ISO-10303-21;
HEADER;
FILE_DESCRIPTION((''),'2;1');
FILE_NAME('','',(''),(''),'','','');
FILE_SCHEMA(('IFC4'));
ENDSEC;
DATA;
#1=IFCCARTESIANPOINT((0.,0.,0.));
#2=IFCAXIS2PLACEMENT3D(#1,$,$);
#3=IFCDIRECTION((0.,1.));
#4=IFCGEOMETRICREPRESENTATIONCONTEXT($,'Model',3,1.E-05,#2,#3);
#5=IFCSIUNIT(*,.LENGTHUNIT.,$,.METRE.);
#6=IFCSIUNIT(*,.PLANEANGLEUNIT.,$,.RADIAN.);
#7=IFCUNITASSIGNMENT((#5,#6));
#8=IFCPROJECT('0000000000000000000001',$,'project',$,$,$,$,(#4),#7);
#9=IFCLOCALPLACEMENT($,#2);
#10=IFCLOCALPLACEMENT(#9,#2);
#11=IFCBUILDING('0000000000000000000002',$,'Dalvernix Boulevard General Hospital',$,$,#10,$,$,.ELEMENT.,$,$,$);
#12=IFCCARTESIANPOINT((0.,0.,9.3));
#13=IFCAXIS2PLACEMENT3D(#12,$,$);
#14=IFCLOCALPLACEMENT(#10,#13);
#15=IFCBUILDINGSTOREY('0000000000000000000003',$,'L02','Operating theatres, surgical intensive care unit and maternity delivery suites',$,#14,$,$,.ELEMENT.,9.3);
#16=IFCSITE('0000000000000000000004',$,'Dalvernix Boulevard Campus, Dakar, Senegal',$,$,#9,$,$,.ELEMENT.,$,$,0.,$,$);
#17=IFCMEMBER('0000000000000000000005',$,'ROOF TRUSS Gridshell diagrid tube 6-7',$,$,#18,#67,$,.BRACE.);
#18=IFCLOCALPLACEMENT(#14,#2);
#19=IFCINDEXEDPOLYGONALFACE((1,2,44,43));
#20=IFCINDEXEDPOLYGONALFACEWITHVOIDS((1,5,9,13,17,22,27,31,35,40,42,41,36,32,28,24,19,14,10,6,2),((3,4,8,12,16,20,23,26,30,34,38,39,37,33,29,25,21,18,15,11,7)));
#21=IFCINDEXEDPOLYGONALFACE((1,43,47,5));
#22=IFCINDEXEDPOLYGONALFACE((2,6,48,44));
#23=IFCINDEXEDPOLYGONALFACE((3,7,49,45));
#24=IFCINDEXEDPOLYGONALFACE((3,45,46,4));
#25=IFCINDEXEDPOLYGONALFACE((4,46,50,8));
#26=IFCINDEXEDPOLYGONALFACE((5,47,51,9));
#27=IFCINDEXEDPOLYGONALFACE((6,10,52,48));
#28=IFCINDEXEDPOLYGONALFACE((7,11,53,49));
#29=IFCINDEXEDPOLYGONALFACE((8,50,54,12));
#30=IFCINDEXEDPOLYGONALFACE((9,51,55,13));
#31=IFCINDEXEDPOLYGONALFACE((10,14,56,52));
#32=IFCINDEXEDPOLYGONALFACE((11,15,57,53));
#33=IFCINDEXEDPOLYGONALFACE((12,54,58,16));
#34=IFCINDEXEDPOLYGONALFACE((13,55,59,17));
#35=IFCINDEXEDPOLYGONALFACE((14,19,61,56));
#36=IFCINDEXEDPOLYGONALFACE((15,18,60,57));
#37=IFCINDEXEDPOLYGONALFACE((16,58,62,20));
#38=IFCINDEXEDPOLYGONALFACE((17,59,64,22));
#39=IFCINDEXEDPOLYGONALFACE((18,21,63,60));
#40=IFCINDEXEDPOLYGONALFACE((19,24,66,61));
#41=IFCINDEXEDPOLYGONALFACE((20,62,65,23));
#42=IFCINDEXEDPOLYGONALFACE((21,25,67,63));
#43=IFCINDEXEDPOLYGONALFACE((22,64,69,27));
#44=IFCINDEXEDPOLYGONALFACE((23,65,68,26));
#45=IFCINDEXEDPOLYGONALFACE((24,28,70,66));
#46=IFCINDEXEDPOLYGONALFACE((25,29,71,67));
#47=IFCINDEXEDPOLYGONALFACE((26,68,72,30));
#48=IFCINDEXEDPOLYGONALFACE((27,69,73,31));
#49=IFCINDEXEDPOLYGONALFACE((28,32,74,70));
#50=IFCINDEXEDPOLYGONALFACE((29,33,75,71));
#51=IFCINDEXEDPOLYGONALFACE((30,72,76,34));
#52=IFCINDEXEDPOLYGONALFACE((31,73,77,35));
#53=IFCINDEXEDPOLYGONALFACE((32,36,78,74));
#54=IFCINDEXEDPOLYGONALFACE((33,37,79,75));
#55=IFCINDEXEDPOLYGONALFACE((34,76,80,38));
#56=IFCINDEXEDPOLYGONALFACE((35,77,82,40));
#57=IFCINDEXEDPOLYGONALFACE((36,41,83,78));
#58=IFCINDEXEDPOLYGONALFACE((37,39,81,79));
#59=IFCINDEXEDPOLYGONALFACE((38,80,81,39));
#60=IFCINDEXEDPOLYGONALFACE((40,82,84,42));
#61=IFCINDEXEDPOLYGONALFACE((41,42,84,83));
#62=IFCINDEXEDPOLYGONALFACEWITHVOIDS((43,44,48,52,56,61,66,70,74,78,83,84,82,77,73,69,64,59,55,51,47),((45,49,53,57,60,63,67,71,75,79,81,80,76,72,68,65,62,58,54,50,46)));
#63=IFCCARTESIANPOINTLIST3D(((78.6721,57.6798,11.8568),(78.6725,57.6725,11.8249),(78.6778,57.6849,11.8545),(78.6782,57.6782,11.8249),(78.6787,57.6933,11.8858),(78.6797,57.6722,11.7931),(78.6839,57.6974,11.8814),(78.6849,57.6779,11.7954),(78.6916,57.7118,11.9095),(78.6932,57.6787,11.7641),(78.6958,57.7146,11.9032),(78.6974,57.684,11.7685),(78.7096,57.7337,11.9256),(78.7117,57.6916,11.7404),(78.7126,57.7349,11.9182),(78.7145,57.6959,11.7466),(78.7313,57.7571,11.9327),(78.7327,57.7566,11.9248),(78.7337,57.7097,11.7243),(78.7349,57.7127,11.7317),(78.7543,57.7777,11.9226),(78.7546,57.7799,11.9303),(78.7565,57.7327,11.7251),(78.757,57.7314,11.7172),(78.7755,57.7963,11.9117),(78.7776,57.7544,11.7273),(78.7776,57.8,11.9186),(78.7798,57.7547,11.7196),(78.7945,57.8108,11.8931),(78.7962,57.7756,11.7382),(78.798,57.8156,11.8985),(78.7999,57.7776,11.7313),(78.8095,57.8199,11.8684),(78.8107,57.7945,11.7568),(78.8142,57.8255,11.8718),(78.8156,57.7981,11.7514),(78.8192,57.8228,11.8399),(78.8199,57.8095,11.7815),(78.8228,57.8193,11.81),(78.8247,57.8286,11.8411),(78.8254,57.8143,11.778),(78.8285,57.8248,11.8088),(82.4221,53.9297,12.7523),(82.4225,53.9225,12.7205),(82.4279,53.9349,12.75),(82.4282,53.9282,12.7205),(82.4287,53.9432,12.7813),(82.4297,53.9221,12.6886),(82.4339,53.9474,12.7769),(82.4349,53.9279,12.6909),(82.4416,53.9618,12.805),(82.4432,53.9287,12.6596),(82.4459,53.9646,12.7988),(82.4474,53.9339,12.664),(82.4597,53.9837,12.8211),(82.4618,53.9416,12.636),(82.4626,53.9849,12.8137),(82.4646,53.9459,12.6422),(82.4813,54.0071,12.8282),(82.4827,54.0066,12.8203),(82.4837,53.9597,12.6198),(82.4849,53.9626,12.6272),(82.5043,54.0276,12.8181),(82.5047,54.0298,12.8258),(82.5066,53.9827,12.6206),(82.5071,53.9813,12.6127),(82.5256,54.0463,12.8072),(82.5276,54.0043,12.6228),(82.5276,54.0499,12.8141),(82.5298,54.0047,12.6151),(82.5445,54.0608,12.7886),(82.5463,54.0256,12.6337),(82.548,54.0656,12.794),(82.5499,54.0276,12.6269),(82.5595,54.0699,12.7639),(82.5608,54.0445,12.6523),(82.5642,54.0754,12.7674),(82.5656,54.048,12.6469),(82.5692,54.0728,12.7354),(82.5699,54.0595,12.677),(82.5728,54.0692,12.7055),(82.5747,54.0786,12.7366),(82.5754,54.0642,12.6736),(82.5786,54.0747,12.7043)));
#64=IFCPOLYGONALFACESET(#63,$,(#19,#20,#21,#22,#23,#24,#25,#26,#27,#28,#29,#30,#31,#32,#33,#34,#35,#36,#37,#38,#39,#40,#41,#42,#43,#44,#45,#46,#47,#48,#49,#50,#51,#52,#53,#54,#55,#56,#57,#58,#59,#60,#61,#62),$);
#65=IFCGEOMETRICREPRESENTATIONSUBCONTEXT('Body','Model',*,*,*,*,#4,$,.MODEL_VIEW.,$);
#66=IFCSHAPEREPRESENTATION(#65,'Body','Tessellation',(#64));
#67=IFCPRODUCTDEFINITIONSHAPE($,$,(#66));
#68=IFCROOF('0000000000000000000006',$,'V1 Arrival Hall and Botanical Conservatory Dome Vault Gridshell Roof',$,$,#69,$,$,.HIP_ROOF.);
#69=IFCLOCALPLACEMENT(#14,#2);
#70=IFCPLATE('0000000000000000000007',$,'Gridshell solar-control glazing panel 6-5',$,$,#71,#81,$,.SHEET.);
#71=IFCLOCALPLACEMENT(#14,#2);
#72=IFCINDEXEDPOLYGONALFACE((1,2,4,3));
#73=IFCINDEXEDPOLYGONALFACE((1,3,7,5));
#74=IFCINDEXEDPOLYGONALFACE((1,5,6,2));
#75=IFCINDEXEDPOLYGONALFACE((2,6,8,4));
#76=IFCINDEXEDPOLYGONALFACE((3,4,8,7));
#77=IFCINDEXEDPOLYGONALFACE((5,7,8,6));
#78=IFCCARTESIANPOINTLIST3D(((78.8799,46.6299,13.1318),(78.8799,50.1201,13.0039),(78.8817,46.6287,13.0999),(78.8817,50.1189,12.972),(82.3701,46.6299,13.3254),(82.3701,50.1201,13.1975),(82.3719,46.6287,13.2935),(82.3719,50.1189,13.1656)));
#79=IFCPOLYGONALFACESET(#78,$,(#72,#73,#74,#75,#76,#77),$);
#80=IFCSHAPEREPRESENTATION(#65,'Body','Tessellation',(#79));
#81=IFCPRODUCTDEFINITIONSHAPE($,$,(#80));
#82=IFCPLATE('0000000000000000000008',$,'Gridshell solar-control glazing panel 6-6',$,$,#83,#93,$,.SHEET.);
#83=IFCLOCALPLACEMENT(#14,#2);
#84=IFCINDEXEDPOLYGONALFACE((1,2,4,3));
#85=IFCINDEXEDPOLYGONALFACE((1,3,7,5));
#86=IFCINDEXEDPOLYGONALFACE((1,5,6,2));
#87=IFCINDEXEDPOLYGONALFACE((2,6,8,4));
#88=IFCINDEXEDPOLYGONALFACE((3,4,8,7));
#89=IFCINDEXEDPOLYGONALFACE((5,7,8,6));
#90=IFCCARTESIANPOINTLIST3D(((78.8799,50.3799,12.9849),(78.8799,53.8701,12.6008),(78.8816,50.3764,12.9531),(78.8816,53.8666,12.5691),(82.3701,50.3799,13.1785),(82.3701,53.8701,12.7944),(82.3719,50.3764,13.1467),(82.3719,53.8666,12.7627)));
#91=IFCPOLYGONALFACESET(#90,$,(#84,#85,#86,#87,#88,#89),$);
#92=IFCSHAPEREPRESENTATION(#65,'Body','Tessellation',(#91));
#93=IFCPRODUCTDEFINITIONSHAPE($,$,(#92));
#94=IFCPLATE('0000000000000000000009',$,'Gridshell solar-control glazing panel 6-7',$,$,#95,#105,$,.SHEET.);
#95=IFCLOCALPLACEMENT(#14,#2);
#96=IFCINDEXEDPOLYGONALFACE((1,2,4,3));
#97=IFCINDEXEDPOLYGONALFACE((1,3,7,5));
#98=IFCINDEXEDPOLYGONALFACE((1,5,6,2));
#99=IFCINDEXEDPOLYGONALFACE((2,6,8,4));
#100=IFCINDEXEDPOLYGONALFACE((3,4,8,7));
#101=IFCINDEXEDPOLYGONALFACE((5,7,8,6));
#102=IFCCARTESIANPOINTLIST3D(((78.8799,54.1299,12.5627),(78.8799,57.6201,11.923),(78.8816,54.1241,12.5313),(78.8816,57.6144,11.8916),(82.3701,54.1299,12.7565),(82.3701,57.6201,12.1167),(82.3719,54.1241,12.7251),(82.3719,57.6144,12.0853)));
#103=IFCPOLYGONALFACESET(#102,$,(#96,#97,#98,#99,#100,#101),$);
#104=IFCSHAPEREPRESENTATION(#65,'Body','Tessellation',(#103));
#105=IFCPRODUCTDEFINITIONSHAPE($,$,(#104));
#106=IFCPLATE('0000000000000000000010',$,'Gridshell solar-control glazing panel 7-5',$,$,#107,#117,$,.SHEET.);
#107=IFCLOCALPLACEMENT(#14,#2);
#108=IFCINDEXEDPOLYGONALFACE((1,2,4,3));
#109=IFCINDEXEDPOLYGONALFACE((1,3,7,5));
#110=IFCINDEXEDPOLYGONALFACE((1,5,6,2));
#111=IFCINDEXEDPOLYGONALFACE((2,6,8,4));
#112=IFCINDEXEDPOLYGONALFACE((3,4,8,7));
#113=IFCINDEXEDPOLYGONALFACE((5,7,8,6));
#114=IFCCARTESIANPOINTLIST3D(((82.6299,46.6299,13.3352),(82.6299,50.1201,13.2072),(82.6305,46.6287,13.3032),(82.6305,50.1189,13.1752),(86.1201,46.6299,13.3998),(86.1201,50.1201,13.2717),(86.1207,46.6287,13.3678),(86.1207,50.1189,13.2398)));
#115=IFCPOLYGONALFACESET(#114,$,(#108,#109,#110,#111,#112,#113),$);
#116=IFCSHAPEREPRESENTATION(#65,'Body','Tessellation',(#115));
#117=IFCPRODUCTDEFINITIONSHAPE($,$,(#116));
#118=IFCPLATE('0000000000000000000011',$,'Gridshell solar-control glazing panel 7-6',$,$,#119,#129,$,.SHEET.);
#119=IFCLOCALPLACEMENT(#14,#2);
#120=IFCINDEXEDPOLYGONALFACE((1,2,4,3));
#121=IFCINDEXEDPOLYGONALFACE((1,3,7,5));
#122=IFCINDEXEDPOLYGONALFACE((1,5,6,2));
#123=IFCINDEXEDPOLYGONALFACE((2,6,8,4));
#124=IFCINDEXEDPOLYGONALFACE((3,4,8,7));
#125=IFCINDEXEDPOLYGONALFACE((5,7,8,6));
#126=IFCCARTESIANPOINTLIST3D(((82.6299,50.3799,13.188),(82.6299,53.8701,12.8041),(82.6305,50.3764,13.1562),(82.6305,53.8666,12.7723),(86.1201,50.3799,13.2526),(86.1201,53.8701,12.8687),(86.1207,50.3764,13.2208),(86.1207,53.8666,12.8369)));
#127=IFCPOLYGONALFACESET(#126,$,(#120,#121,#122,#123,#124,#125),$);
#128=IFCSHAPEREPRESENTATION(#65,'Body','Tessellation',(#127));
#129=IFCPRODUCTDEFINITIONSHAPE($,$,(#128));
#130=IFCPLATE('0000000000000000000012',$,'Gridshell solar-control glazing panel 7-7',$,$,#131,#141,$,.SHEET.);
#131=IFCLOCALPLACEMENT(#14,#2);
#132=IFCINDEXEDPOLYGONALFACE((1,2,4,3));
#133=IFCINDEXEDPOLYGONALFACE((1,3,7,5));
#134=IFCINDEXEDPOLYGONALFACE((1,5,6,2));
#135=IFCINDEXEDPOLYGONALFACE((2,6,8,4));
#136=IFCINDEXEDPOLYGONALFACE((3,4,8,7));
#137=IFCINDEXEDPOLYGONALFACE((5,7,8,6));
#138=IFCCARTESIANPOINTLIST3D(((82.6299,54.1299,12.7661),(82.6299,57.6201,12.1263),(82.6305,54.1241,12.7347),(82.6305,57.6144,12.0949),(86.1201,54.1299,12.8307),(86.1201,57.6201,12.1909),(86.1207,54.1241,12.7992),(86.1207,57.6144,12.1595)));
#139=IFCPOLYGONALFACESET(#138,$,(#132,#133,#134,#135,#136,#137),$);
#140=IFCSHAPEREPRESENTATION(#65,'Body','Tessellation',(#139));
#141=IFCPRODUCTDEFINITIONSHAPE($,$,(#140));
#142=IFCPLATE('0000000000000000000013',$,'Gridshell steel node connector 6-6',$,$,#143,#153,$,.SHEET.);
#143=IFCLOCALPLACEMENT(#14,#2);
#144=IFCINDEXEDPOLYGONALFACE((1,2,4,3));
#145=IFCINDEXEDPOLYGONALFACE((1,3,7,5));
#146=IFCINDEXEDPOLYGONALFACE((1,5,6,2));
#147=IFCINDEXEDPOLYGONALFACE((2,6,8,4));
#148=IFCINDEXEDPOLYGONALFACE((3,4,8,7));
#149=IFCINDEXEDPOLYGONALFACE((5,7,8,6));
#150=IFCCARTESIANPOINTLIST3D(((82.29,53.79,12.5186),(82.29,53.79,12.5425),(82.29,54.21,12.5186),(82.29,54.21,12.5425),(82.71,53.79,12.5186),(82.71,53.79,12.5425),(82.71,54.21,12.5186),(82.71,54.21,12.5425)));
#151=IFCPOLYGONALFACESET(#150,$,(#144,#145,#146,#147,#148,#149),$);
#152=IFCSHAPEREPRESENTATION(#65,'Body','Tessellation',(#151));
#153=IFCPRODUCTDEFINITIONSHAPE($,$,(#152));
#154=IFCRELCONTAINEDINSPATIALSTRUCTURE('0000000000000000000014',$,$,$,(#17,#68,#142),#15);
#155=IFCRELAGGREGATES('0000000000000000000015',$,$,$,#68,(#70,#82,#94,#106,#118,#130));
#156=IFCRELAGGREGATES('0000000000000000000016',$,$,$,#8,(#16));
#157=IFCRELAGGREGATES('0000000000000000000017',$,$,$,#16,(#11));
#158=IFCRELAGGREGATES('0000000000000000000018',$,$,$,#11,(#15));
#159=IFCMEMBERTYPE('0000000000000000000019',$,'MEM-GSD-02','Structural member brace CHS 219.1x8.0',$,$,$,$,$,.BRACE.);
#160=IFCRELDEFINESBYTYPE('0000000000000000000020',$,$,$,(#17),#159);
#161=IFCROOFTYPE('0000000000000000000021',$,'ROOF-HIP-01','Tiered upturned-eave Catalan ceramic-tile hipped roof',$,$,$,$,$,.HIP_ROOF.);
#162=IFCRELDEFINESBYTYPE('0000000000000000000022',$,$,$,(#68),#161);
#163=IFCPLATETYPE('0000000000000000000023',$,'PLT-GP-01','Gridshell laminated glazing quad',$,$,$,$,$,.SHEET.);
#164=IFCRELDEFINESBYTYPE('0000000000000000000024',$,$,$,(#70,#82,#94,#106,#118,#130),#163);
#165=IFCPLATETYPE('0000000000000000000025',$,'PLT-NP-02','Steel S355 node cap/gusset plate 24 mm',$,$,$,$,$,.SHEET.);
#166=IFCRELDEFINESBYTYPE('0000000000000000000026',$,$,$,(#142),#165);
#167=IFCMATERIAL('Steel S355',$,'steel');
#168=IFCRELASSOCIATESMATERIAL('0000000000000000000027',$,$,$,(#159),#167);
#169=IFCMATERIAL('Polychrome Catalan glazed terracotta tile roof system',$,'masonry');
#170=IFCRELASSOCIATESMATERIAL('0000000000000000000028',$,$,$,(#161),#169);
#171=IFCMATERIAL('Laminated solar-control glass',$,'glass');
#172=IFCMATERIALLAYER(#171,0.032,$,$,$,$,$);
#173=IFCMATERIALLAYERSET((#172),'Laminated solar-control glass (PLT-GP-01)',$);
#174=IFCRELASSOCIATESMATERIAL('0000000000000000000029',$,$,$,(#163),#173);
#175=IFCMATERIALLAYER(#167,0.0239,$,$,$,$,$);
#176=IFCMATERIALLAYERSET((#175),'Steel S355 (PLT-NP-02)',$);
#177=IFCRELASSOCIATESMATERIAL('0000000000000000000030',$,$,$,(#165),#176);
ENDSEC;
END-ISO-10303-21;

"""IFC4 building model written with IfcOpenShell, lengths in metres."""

from ifc_helpers import new_model, si_unit, direction, frame, origin, origin_2d, place, context, subcontext, project, spatial, polyline, rectangle, hollow_circle, outline, extrude, material, layer, layer_set, material_profile, profile_set, type_object, element, aggregate, save


model = new_model("IFC4")

# Units and contexts
model_context = context("Model", 3, precision=1e-05, world=origin(), true_north=direction((0.0, 1.0)))
body_context = subcontext(model_context, "Body", "Model", "MODEL_VIEW")
ifc_project = project(units=[si_unit("LENGTHUNIT", "METRE"), si_unit("PLANEANGLEUNIT", "RADIAN")], contexts=[model_context])

# Site, building, storey
site_placement = place(None, origin())
site = spatial("IfcSite", under=ifc_project, at=site_placement, Name="Dalvernix Boulevard Campus, Dakar, Senegal", CompositionType="ELEMENT", RefElevation=0.0)
building_placement = place(site_placement, origin())
building = spatial("IfcBuilding", under=site, at=building_placement, Name="Dalvernix Boulevard General Hospital", CompositionType="ELEMENT")
storey_placement = place(building_placement, frame((0.0, 0.0, 9.3)))
storey = spatial("IfcBuildingStorey", under=building, at=storey_placement, Name="L02", Description="Operating theatres, surgical intensive care unit and maternity delivery suites", CompositionType="ELEMENT", Elevation=9.3)

# Shared definitions
ifc_material_1 = material(Name="Steel S355", Category="steel")

# Member
ifc_material_profile_1 = material_profile(ifc_material_1, hollow_circle(Radius=0.1096, WallThickness=0.0081, at=origin_2d()), Name="CHS 219.1x8.0")
ifc_profile_set_1 = profile_set([ifc_material_profile_1], Name="Steel S355")
member_type_1 = type_object("IfcMemberType", Name="MEM-GSD-02", Description="Structural member brace CHS 219.1x8.0", PredefinedType="BRACE", material=ifc_profile_set_1)
member_1_placement = place(storey_placement, frame((82.5, 54.0, 12.7205), z_axis=(-0.697236, 0.697236, -0.166502), x_axis=(-0.707107, -0.707107, 0.0)))
element("IfcMember", 1, at=member_1_placement, inside=storey, type_object=member_type_1, Name="ROOF TRUSS Gridshell diagrid tube 6-7", PredefinedType="BRACE", context=body_context, shape_type="SweptSolid", body=[
    extrude(hollow_circle(Radius=0.1096, WallThickness=0.0081, at=origin_2d()), origin(), (0.0, 0.0, 1.0), 5.3784),
])

# Roof, plates
ifc_material_2 = material(Name="Polychrome Catalan glazed terracotta tile roof system", Category="masonry")
roof_type = type_object("IfcRoofType", Name="ROOF-HIP-01", Description="Tiered upturned-eave Catalan ceramic-tile hipped roof", PredefinedType="HIP_ROOF", material=ifc_material_2)
roof_placement = place(storey_placement, origin())
roof = element("IfcRoof", 2, at=roof_placement, inside=storey, type_object=roof_type, Name="V1 Arrival Hall and Botanical Conservatory Dome Vault Gridshell Roof", PredefinedType="HIP_ROOF")
ifc_material_3 = material(Name="Laminated solar-control glass", Category="glass")
ifc_layer_1 = layer(ifc_material_3, 0.032)
ifc_layer_set_1 = layer_set([ifc_layer_1], Name="Laminated solar-control glass (PLT-GP-01)")
plate_type_1 = type_object("IfcPlateType", Name="PLT-GP-01", Description="Gridshell laminated glazing quad", PredefinedType="SHEET", material=ifc_layer_set_1)
plate_1_placement = place(storey_placement, frame((78.8799, 46.6299, 13.1318), z_axis=(-0.055348, 0.036573, 0.997797), x_axis=(0.998465, 0.0, 0.055385)))
plate_1 = element("IfcPlate", 3, at=plate_1_placement, type_object=plate_type_1, Name="Gridshell solar-control glazing panel 6-5", PredefinedType="SHEET", context=body_context, shape_type="SweptSolid", body=[
    extrude(outline(polyline([(0.0, 0.0), (3.4956, 0.0), (3.4885, 3.4926), (-0.0071, 3.4926), (0.0, 0.0)])), origin(), (0.0, 0.0, -1.0), 0.032),
])
plate_2_placement = place(storey_placement, frame((78.8799, 50.3799, 12.9849), z_axis=(-0.055054, 0.109205, 0.992494), x_axis=(0.998465, 0.0, 0.055385)))
plate_2 = element("IfcPlate", 4, at=plate_2_placement, type_object=plate_type_1, Name="Gridshell solar-control glazing panel 6-6", PredefinedType="SHEET", context=body_context, shape_type="SweptSolid", body=[
    extrude(outline(polyline([(0.0, 0.0), (3.4956, 0.0), (3.4743, 3.5112), (-0.0213, 3.5112), (0.0, 0.0)])), origin(), (0.0, 0.0, -1.0), 0.032),
])
plate_3_placement = place(storey_placement, frame((78.8799, 54.1299, 12.5627), z_axis=(-0.054514, 0.180031, 0.982149), x_axis=(0.998463, 0.000006, 0.055419)))
plate_3 = element("IfcPlate", 5, at=plate_3_placement, type_object=plate_type_1, Name="Gridshell solar-control glazing panel 6-7", PredefinedType="SHEET", context=body_context, shape_type="SweptSolid", body=[
    extrude(outline(polyline([(0.0, 0.0), (3.4956, 0.0), (3.4602, 3.5482), (-0.0354, 3.5482), (0.0, 0.0)])), origin(), (0.0, 0.0, -1.0), 0.032),
])
plate_4_placement = place(storey_placement, frame((82.6299, 46.6299, 13.3352), z_axis=(-0.018486, 0.036658, 0.999157), x_axis=(0.999829, 0.000001, 0.018498)))
plate_4 = element("IfcPlate", 6, at=plate_4_placement, type_object=plate_type_1, Name="Gridshell solar-control glazing panel 7-5", PredefinedType="SHEET", context=body_context, shape_type="SweptSolid", body=[
    extrude(outline(polyline([(0.0, 0.0), (3.4908, 0.0), (3.4885, 3.4926), (-0.0024, 3.4926), (0.0, 0.0)])), origin(), (0.0, 0.0, -1.0), 0.032),
])
plate_5_placement = place(storey_placement, frame((82.6299, 50.3799, 13.188), z_axis=(-0.018388, 0.109318, 0.993837), x_axis=(0.999829, -0.000004, 0.018499)))
plate_5 = element("IfcPlate", 7, at=plate_5_placement, type_object=plate_type_1, Name="Gridshell solar-control glazing panel 7-6", PredefinedType="SHEET", context=body_context, shape_type="SweptSolid", body=[
    extrude(outline(polyline([(0.0, 0.0), (3.4908, 0.0), (3.4837, 3.5113), (-0.0071, 3.5113), (0.0, 0.0)])), origin(), (0.0, 0.0, -1.0), 0.032),
])
plate_6_placement = place(storey_placement, frame((82.6299, 54.1299, 12.7661), z_axis=(-0.018195, 0.180269, 0.983449), x_axis=(0.999829, 0.000006, 0.018497)))
plate_6 = element("IfcPlate", 8, at=plate_6_placement, type_object=plate_type_1, Name="Gridshell solar-control glazing panel 7-7", PredefinedType="SHEET", context=body_context, shape_type="SweptSolid", body=[
    extrude(outline(polyline([(0.0, 0.0), (3.4908, 0.0), (3.479, 3.5483), (-0.0118, 3.5484), (0.0, 0.0)])), origin(), (0.0, 0.0, -1.0), 0.032),
])
aggregate(roof, [plate_1, plate_2, plate_3, plate_4, plate_5, plate_6])

# Plate
ifc_layer_2 = layer(ifc_material_1, 0.0239)
ifc_layer_set_2 = layer_set([ifc_layer_2], Name="Steel S355 (PLT-NP-02)")
plate_type_2 = type_object("IfcPlateType", Name="PLT-NP-02", Description="Steel S355 node cap/gusset plate 24 mm", PredefinedType="SHEET", material=ifc_layer_set_2)
plate_7_placement = place(storey_placement, frame((82.5, 54.0, 12.5186), z_axis=(0.0, 0.0, 1.0), x_axis=(1.0, 0.0, 0.0)))
element("IfcPlate", 9, at=plate_7_placement, inside=storey, type_object=plate_type_2, Name="Gridshell steel node connector 6-6", PredefinedType="SHEET", context=body_context, shape_type="SweptSolid", body=[
    extrude(rectangle(XDim=0.4199, YDim=0.4199, at=origin_2d()), origin(), (0.0, 0.0, 1.0), 0.0239),
])

save(model, "model.ifc")
